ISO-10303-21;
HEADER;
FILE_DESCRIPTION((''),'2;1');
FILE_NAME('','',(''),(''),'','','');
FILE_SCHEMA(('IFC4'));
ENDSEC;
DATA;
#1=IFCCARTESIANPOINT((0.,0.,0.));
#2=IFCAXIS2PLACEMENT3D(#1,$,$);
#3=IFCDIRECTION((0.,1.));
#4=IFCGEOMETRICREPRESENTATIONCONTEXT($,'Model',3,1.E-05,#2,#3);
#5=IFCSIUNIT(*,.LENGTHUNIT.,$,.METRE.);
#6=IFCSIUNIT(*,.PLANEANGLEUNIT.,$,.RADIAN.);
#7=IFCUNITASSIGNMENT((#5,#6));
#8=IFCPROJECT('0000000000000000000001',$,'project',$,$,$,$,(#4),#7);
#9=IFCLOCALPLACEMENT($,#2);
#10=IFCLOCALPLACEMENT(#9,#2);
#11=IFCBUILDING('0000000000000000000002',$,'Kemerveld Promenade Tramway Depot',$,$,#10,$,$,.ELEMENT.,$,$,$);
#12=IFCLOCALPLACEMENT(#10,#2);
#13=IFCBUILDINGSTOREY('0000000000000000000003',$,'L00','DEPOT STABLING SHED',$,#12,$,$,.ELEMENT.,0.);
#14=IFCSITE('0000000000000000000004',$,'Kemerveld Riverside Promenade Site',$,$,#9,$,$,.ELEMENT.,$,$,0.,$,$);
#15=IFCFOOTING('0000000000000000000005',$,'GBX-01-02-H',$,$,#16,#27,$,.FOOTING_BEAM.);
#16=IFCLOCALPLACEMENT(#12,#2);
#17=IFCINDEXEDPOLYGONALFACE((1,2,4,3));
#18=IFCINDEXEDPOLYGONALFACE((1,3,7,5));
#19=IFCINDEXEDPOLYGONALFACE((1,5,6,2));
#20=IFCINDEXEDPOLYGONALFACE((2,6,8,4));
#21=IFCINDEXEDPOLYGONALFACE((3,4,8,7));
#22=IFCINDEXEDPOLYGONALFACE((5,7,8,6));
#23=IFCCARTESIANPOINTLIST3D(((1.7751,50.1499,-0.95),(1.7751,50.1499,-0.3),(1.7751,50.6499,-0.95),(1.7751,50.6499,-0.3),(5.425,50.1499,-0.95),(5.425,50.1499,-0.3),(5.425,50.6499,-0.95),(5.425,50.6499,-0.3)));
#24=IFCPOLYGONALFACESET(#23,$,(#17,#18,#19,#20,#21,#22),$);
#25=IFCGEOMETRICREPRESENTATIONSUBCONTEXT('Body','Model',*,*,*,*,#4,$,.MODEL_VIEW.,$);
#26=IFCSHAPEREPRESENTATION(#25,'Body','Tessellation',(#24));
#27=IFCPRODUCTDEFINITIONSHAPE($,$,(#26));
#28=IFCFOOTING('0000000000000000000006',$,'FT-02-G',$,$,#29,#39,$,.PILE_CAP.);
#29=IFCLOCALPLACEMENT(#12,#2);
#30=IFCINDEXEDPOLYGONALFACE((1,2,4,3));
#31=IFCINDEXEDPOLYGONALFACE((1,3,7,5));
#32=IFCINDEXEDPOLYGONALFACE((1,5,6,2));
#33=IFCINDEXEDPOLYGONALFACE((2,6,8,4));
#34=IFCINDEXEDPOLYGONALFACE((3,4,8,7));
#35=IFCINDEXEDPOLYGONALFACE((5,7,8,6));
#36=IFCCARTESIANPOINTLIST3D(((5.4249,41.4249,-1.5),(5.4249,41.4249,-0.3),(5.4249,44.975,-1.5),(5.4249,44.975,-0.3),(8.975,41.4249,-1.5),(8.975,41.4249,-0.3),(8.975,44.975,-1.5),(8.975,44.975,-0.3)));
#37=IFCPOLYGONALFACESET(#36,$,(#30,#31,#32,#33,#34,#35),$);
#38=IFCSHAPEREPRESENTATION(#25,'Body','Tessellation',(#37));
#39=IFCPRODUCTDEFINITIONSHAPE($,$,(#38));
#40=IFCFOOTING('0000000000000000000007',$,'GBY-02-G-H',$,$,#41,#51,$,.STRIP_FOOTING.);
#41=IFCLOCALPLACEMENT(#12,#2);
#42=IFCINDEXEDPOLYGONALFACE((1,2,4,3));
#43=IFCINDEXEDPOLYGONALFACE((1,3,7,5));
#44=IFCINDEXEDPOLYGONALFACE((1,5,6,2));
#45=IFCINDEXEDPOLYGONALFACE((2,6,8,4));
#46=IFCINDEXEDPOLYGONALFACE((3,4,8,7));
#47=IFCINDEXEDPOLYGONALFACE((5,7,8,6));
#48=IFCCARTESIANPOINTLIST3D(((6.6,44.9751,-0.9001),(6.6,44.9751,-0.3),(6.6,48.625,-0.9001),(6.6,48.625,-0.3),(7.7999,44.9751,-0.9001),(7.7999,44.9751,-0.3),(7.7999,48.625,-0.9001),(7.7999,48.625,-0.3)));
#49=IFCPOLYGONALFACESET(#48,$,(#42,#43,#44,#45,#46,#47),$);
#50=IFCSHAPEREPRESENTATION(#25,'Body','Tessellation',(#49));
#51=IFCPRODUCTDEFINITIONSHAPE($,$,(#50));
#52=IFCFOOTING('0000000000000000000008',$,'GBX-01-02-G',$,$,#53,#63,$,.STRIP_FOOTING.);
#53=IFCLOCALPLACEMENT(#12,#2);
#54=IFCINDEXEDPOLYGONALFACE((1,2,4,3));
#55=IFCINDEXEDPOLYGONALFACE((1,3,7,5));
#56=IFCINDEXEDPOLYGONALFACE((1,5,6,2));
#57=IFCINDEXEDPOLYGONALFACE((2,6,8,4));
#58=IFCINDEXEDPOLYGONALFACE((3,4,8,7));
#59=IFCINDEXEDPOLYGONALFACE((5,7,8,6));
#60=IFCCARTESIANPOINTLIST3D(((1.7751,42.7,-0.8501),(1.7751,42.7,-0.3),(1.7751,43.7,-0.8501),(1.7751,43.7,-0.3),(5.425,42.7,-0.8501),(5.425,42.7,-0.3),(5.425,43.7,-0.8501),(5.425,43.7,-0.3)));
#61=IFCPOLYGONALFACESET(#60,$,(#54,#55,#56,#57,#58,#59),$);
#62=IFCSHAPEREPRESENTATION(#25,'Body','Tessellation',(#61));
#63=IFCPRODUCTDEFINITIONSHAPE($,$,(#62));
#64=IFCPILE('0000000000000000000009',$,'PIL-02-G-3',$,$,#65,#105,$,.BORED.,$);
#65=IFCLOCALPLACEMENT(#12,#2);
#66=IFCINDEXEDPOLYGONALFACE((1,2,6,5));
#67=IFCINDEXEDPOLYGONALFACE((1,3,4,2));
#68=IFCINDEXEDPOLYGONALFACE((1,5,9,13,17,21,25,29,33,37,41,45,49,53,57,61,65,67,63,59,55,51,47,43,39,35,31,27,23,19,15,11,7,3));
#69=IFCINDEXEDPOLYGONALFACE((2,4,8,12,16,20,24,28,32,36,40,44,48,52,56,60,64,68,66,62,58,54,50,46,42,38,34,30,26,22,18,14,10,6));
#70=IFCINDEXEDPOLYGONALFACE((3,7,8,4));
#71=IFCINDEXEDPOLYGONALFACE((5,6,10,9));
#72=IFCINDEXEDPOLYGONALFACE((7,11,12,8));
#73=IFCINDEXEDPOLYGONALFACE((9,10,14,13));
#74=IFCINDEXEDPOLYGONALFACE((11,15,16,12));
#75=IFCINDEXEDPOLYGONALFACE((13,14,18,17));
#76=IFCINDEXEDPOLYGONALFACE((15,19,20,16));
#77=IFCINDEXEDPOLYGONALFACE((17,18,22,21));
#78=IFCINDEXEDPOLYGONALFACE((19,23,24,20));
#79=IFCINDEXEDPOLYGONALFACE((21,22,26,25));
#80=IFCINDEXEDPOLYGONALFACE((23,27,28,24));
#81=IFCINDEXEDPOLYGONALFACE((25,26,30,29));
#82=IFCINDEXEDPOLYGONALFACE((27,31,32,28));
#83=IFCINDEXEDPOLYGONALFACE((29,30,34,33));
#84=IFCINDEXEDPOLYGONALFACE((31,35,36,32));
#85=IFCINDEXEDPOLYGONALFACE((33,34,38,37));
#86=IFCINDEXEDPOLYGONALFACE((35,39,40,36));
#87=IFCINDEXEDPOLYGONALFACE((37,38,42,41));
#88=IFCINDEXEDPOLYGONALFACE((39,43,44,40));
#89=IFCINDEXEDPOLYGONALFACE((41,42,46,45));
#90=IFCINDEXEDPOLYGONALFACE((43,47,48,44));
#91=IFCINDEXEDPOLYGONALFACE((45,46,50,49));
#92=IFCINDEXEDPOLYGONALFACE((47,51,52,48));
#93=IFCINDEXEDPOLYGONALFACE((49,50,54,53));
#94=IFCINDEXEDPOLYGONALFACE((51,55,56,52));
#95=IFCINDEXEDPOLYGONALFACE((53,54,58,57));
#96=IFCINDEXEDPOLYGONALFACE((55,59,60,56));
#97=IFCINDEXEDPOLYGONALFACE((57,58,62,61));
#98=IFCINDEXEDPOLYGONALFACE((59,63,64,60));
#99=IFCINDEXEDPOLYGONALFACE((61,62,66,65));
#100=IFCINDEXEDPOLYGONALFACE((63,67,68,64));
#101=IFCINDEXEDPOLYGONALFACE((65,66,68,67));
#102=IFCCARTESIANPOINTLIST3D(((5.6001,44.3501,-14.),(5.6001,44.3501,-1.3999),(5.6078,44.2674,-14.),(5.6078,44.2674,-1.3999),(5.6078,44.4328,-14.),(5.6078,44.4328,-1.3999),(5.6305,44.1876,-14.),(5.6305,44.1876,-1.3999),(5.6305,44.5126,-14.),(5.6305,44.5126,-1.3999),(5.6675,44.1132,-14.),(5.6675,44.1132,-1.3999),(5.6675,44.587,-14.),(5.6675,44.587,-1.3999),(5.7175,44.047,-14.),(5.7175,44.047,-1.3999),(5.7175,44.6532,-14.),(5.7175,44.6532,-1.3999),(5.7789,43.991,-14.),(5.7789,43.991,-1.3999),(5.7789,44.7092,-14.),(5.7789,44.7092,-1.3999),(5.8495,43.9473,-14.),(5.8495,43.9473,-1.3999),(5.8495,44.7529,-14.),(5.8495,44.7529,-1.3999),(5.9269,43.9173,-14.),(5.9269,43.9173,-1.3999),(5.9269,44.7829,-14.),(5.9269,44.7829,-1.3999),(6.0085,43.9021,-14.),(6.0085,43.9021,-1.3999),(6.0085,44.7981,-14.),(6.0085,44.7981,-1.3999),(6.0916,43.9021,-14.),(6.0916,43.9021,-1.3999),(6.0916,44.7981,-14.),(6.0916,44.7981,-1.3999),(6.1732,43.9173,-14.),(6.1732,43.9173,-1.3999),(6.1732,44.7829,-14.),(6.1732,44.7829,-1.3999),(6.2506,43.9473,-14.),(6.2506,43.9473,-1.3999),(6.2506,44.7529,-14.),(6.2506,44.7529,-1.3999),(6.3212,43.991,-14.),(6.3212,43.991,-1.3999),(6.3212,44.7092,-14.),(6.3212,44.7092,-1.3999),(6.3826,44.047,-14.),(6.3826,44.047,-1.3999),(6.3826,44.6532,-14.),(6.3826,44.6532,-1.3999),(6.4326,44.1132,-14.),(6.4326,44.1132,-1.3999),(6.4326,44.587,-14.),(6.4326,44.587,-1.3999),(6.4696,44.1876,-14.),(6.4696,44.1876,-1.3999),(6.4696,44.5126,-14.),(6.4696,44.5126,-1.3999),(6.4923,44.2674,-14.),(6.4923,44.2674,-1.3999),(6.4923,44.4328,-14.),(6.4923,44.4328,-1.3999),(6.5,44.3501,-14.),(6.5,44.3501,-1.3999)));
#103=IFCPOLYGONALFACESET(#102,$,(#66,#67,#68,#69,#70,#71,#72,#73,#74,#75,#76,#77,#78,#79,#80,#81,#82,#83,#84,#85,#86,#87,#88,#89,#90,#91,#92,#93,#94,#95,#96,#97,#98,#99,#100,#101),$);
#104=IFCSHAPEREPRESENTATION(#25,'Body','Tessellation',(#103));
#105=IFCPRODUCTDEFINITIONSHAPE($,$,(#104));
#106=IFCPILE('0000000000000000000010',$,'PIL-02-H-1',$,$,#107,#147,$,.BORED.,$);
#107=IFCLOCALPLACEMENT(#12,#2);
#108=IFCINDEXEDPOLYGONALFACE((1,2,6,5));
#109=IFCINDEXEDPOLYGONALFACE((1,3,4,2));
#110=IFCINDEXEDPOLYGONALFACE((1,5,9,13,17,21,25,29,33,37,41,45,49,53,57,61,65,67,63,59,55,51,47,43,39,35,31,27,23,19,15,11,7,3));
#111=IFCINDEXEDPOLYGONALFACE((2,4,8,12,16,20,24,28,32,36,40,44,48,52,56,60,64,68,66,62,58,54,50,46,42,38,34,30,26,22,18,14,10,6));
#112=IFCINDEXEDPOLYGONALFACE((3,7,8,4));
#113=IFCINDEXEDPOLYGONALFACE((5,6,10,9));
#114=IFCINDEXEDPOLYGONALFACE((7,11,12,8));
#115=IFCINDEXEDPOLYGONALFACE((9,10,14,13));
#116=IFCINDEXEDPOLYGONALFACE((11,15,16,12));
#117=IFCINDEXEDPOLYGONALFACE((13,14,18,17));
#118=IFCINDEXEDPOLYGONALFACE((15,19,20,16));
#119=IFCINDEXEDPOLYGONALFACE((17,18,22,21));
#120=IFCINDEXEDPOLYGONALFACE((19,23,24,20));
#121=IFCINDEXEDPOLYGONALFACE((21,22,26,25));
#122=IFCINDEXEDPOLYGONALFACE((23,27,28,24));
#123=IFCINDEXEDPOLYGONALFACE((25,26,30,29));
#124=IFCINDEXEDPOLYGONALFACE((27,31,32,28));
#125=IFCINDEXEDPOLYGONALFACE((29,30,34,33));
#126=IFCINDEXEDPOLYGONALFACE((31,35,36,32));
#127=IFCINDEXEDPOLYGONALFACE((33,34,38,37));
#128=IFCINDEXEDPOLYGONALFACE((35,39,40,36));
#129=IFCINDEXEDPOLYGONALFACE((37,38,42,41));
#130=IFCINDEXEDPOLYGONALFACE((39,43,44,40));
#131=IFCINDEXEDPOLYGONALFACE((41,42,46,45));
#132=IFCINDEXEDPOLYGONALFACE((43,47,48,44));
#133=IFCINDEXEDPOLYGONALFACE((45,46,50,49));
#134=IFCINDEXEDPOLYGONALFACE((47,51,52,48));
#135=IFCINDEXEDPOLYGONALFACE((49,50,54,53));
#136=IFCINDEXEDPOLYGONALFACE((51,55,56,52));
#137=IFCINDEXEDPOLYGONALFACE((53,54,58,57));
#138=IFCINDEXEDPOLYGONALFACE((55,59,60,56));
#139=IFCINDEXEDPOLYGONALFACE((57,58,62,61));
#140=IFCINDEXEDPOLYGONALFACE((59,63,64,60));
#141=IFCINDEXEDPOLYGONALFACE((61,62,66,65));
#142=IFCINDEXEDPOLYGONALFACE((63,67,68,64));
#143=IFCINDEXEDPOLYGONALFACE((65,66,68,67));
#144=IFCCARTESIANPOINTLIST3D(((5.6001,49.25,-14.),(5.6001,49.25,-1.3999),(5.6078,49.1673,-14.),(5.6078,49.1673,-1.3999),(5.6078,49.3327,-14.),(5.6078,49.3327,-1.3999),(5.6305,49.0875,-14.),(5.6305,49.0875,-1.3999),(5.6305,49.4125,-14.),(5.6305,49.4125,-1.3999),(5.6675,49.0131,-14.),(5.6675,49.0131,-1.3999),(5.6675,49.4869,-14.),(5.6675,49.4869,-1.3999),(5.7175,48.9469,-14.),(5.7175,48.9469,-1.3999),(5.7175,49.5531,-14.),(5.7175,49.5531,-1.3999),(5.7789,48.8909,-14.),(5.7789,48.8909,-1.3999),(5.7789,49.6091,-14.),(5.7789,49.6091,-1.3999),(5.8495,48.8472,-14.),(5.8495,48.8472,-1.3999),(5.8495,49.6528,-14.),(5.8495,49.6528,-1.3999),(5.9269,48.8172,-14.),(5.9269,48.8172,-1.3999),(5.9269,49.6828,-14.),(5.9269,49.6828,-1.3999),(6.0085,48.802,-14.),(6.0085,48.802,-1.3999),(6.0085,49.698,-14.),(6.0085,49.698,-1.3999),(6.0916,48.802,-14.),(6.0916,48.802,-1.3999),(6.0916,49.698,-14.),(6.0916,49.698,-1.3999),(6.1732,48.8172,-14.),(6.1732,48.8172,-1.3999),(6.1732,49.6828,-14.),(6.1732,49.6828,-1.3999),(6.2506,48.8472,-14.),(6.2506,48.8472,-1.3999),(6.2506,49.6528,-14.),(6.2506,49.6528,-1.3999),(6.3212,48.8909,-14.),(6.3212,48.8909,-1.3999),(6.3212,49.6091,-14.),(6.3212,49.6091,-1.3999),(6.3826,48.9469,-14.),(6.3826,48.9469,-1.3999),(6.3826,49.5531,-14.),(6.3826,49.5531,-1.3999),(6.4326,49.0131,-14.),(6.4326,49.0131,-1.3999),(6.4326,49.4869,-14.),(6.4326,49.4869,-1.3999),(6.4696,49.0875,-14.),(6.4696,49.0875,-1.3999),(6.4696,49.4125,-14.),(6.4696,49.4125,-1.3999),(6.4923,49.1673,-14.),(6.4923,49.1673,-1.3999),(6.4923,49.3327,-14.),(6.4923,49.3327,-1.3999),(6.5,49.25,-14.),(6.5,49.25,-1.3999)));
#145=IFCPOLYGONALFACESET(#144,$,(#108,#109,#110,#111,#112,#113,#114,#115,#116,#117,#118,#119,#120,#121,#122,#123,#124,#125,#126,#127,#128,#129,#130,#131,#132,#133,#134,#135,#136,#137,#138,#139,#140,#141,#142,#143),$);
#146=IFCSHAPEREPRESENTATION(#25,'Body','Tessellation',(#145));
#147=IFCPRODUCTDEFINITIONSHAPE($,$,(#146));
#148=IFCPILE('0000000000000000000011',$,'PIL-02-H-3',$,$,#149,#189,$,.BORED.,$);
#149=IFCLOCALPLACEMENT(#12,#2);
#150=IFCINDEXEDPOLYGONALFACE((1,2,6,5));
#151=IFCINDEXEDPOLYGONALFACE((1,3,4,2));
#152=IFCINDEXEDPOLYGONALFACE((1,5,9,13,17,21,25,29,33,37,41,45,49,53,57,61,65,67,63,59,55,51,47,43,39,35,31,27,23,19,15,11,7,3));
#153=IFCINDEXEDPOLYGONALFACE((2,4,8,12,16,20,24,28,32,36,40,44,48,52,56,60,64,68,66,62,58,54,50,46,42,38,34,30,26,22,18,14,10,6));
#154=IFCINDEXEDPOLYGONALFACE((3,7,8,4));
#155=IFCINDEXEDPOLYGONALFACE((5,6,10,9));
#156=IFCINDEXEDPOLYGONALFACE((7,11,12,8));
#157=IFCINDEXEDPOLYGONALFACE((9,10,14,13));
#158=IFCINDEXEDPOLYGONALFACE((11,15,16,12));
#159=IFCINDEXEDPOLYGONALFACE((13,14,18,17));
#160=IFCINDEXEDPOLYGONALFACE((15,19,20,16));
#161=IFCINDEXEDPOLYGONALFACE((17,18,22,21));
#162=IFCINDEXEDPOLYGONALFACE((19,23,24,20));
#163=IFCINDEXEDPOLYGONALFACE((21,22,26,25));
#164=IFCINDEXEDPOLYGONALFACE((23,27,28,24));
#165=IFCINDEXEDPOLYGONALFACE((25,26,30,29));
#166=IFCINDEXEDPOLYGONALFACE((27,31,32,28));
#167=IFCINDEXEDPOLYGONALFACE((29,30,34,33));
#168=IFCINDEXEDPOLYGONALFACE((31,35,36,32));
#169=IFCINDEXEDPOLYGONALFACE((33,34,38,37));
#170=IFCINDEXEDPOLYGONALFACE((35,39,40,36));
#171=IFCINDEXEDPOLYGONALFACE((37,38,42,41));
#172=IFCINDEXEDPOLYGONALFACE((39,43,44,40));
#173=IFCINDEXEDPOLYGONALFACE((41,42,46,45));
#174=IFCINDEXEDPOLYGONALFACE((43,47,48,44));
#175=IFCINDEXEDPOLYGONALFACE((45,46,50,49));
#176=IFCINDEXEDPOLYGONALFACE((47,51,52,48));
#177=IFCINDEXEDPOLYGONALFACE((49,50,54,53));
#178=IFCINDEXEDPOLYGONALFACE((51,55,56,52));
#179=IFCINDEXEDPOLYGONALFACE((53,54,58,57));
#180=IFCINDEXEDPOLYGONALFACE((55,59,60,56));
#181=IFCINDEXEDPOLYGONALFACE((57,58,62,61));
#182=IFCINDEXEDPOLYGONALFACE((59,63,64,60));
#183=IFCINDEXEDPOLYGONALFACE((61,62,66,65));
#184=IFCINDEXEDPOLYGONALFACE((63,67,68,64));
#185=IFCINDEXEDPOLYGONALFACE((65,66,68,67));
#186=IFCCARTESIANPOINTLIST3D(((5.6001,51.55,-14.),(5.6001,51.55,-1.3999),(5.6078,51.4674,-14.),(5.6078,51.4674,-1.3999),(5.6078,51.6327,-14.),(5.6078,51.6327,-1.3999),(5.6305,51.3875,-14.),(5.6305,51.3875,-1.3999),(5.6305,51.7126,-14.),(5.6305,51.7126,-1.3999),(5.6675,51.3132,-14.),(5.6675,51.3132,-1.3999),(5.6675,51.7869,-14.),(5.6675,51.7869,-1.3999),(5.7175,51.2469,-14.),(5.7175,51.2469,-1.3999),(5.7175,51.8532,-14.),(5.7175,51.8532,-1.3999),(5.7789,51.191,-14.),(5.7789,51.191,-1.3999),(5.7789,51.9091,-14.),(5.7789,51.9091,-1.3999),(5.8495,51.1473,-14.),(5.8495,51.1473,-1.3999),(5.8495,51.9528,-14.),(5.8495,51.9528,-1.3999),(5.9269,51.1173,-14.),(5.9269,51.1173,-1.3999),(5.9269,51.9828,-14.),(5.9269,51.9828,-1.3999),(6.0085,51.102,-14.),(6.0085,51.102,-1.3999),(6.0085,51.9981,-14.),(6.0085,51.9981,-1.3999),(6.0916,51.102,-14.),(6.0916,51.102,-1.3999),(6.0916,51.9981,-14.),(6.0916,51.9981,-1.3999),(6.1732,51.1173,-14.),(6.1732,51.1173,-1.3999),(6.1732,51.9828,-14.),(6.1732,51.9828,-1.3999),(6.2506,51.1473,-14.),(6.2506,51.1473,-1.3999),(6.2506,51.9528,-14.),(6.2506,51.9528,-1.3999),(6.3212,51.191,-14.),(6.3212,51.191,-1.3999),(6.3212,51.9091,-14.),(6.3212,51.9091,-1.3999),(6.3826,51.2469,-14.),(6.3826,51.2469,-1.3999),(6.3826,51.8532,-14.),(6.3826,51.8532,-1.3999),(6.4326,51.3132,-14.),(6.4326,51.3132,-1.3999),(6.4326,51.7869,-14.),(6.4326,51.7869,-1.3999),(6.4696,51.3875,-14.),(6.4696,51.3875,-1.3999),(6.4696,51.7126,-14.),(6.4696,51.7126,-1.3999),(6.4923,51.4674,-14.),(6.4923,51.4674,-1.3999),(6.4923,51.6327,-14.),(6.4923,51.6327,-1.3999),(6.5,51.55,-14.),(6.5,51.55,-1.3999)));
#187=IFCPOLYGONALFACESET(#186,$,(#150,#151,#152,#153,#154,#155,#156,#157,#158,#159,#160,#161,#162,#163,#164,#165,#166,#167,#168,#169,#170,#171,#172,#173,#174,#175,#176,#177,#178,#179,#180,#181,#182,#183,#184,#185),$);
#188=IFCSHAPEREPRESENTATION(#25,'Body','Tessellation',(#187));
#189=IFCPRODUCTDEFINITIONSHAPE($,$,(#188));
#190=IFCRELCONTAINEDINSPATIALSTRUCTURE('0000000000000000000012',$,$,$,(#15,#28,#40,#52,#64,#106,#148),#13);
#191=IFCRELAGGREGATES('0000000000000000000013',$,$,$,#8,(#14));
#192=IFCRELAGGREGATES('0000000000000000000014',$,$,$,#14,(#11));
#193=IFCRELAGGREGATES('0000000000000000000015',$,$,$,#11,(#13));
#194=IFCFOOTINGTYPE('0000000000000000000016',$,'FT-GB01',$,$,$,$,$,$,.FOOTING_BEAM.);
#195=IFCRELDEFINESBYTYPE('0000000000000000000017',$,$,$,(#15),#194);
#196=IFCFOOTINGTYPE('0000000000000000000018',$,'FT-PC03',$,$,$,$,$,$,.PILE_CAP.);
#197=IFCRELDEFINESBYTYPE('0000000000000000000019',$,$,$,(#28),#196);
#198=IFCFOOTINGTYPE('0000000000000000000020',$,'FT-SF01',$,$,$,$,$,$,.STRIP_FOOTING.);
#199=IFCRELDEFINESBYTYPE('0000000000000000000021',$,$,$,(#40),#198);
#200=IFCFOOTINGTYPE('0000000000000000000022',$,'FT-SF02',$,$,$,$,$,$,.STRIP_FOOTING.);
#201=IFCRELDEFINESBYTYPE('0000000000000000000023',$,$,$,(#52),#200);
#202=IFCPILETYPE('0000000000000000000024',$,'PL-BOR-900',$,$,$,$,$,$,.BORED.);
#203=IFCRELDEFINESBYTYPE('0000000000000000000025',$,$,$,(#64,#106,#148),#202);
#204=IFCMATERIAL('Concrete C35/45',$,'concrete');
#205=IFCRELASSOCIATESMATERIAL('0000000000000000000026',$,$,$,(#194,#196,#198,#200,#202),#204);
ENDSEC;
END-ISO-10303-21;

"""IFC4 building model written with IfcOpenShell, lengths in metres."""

from ifc_helpers import new_model, si_unit, direction, frame, origin, origin_2d, place, context, subcontext, project, spatial, rectangle, circle, extrude, material, material_profile, profile_set, type_object, element, save


model = new_model("IFC4")

# Units and contexts
model_context = context("Model", 3, precision=1e-05, world=origin(), true_north=direction((0.0, 1.0)))
body_context = subcontext(model_context, "Body", "Model", "MODEL_VIEW")
ifc_project = project(units=[si_unit("LENGTHUNIT", "METRE"), si_unit("PLANEANGLEUNIT", "RADIAN")], contexts=[model_context])

# Site, building, storey
site_placement = place(None, origin())
site = spatial("IfcSite", under=ifc_project, at=site_placement, Name="Kemerveld Riverside Promenade Site", CompositionType="ELEMENT", RefElevation=0.0)
building_placement = place(site_placement, origin())
building = spatial("IfcBuilding", under=site, at=building_placement, Name="Kemerveld Promenade Tramway Depot", CompositionType="ELEMENT")
storey_placement = place(building_placement, origin())
storey = spatial("IfcBuildingStorey", under=building, at=storey_placement, Name="L00", Description="DEPOT STABLING SHED", CompositionType="ELEMENT", Elevation=0.0)

# Footings
ifc_material_1 = material(Name="Concrete C35/45", Category="concrete")
footing_type_1 = type_object("IfcFootingType", Name="FT-GB01", PredefinedType="FOOTING_BEAM", material=ifc_material_1)
footing_1_placement = place(storey_placement, frame((3.6001, 50.3999, -0.95), z_axis=(0.0, 0.0, 1.0), x_axis=(1.0, 0.0, 0.0)))
element("IfcFooting", 1, at=footing_1_placement, inside=storey, type_object=footing_type_1, Name="GBX-01-02-H", PredefinedType="FOOTING_BEAM", context=body_context, shape_type="SweptSolid", body=[
    extrude(rectangle(XDim=3.6499, YDim=0.5, at=origin_2d()), origin(), (0.0, 0.0, 1.0), 0.6499),
])
footing_type_2 = type_object("IfcFootingType", Name="FT-PC03", PredefinedType="PILE_CAP", material=ifc_material_1)
footing_2_placement = place(storey_placement, frame((7.2, 43.2, -1.5), z_axis=(0.0, 0.0, 1.0), x_axis=(1.0, 0.0, 0.0)))
element("IfcFooting", 2, at=footing_2_placement, inside=storey, type_object=footing_type_2, Name="FT-02-G", PredefinedType="PILE_CAP", context=body_context, shape_type="SweptSolid", body=[
    extrude(rectangle(XDim=3.55, YDim=3.55, at=origin_2d()), origin(), (0.0, 0.0, 1.0), 1.2),
])
footing_type_3 = type_object("IfcFootingType", Name="FT-SF01", PredefinedType="STRIP_FOOTING", material=ifc_material_1)
footing_3_placement = place(storey_placement, frame((7.2, 46.8, -0.9001), z_axis=(0.0, 0.0, 1.0), x_axis=(0.0, 1.0, 0.0)))
element("IfcFooting", 3, at=footing_3_placement, inside=storey, type_object=footing_type_3, Name="GBY-02-G-H", PredefinedType="STRIP_FOOTING", context=body_context, shape_type="SweptSolid", body=[
    extrude(rectangle(XDim=3.6499, YDim=1.2, at=origin_2d()), origin(), (0.0, 0.0, 1.0), 0.6001),
])
footing_type_4 = type_object("IfcFootingType", Name="FT-SF02", PredefinedType="STRIP_FOOTING", material=ifc_material_1)
footing_4_placement = place(storey_placement, frame((3.6001, 43.2, -0.8501), z_axis=(0.0, 0.0, 1.0), x_axis=(1.0, 0.0, 0.0)))
element("IfcFooting", 4, at=footing_4_placement, inside=storey, type_object=footing_type_4, Name="GBX-01-02-G", PredefinedType="STRIP_FOOTING", context=body_context, shape_type="SweptSolid", body=[
    extrude(rectangle(XDim=3.6499, YDim=1.0, at=origin_2d()), origin(), (0.0, 0.0, 1.0), 0.55),
])

# Piles
ifc_material_profile_1 = material_profile(ifc_material_1, circle(Radius=0.45, at=origin_2d()), Name="PILE-D900")
ifc_profile_set_1 = profile_set([ifc_material_profile_1], Name="Concrete C35/45")
pile_type = type_object("IfcPileType", Name="PL-BOR-900", PredefinedType="BORED", material=ifc_profile_set_1)
for number, where, z_axis, x_axis, name in (
    (5, (6.05, 44.3501, -1.3999), (0.0, 0.0, -1.0), (1.0, 0.0, 0.0), "PIL-02-G-3"),
    (6, (6.05, 49.25, -1.3999), (0.0, 0.0, -1.0), (1.0, 0.0, 0.0), "PIL-02-H-1"),
    (7, (6.05, 51.55, -1.3999), (0.0, 0.0, -1.0), (1.0, 0.0, 0.0), "PIL-02-H-3"),
):
    element("IfcPile", number, at=place(storey_placement, frame(where, z_axis=z_axis, x_axis=x_axis)), inside=storey, type_object=pile_type, Name=name, PredefinedType="BORED", context=body_context, shape_type="SweptSolid", body=[
        extrude(circle(Radius=0.45, at=origin_2d()), origin(), (0.0, 0.0, 1.0), 12.6001),
    ])

save(model, "model.ifc")
